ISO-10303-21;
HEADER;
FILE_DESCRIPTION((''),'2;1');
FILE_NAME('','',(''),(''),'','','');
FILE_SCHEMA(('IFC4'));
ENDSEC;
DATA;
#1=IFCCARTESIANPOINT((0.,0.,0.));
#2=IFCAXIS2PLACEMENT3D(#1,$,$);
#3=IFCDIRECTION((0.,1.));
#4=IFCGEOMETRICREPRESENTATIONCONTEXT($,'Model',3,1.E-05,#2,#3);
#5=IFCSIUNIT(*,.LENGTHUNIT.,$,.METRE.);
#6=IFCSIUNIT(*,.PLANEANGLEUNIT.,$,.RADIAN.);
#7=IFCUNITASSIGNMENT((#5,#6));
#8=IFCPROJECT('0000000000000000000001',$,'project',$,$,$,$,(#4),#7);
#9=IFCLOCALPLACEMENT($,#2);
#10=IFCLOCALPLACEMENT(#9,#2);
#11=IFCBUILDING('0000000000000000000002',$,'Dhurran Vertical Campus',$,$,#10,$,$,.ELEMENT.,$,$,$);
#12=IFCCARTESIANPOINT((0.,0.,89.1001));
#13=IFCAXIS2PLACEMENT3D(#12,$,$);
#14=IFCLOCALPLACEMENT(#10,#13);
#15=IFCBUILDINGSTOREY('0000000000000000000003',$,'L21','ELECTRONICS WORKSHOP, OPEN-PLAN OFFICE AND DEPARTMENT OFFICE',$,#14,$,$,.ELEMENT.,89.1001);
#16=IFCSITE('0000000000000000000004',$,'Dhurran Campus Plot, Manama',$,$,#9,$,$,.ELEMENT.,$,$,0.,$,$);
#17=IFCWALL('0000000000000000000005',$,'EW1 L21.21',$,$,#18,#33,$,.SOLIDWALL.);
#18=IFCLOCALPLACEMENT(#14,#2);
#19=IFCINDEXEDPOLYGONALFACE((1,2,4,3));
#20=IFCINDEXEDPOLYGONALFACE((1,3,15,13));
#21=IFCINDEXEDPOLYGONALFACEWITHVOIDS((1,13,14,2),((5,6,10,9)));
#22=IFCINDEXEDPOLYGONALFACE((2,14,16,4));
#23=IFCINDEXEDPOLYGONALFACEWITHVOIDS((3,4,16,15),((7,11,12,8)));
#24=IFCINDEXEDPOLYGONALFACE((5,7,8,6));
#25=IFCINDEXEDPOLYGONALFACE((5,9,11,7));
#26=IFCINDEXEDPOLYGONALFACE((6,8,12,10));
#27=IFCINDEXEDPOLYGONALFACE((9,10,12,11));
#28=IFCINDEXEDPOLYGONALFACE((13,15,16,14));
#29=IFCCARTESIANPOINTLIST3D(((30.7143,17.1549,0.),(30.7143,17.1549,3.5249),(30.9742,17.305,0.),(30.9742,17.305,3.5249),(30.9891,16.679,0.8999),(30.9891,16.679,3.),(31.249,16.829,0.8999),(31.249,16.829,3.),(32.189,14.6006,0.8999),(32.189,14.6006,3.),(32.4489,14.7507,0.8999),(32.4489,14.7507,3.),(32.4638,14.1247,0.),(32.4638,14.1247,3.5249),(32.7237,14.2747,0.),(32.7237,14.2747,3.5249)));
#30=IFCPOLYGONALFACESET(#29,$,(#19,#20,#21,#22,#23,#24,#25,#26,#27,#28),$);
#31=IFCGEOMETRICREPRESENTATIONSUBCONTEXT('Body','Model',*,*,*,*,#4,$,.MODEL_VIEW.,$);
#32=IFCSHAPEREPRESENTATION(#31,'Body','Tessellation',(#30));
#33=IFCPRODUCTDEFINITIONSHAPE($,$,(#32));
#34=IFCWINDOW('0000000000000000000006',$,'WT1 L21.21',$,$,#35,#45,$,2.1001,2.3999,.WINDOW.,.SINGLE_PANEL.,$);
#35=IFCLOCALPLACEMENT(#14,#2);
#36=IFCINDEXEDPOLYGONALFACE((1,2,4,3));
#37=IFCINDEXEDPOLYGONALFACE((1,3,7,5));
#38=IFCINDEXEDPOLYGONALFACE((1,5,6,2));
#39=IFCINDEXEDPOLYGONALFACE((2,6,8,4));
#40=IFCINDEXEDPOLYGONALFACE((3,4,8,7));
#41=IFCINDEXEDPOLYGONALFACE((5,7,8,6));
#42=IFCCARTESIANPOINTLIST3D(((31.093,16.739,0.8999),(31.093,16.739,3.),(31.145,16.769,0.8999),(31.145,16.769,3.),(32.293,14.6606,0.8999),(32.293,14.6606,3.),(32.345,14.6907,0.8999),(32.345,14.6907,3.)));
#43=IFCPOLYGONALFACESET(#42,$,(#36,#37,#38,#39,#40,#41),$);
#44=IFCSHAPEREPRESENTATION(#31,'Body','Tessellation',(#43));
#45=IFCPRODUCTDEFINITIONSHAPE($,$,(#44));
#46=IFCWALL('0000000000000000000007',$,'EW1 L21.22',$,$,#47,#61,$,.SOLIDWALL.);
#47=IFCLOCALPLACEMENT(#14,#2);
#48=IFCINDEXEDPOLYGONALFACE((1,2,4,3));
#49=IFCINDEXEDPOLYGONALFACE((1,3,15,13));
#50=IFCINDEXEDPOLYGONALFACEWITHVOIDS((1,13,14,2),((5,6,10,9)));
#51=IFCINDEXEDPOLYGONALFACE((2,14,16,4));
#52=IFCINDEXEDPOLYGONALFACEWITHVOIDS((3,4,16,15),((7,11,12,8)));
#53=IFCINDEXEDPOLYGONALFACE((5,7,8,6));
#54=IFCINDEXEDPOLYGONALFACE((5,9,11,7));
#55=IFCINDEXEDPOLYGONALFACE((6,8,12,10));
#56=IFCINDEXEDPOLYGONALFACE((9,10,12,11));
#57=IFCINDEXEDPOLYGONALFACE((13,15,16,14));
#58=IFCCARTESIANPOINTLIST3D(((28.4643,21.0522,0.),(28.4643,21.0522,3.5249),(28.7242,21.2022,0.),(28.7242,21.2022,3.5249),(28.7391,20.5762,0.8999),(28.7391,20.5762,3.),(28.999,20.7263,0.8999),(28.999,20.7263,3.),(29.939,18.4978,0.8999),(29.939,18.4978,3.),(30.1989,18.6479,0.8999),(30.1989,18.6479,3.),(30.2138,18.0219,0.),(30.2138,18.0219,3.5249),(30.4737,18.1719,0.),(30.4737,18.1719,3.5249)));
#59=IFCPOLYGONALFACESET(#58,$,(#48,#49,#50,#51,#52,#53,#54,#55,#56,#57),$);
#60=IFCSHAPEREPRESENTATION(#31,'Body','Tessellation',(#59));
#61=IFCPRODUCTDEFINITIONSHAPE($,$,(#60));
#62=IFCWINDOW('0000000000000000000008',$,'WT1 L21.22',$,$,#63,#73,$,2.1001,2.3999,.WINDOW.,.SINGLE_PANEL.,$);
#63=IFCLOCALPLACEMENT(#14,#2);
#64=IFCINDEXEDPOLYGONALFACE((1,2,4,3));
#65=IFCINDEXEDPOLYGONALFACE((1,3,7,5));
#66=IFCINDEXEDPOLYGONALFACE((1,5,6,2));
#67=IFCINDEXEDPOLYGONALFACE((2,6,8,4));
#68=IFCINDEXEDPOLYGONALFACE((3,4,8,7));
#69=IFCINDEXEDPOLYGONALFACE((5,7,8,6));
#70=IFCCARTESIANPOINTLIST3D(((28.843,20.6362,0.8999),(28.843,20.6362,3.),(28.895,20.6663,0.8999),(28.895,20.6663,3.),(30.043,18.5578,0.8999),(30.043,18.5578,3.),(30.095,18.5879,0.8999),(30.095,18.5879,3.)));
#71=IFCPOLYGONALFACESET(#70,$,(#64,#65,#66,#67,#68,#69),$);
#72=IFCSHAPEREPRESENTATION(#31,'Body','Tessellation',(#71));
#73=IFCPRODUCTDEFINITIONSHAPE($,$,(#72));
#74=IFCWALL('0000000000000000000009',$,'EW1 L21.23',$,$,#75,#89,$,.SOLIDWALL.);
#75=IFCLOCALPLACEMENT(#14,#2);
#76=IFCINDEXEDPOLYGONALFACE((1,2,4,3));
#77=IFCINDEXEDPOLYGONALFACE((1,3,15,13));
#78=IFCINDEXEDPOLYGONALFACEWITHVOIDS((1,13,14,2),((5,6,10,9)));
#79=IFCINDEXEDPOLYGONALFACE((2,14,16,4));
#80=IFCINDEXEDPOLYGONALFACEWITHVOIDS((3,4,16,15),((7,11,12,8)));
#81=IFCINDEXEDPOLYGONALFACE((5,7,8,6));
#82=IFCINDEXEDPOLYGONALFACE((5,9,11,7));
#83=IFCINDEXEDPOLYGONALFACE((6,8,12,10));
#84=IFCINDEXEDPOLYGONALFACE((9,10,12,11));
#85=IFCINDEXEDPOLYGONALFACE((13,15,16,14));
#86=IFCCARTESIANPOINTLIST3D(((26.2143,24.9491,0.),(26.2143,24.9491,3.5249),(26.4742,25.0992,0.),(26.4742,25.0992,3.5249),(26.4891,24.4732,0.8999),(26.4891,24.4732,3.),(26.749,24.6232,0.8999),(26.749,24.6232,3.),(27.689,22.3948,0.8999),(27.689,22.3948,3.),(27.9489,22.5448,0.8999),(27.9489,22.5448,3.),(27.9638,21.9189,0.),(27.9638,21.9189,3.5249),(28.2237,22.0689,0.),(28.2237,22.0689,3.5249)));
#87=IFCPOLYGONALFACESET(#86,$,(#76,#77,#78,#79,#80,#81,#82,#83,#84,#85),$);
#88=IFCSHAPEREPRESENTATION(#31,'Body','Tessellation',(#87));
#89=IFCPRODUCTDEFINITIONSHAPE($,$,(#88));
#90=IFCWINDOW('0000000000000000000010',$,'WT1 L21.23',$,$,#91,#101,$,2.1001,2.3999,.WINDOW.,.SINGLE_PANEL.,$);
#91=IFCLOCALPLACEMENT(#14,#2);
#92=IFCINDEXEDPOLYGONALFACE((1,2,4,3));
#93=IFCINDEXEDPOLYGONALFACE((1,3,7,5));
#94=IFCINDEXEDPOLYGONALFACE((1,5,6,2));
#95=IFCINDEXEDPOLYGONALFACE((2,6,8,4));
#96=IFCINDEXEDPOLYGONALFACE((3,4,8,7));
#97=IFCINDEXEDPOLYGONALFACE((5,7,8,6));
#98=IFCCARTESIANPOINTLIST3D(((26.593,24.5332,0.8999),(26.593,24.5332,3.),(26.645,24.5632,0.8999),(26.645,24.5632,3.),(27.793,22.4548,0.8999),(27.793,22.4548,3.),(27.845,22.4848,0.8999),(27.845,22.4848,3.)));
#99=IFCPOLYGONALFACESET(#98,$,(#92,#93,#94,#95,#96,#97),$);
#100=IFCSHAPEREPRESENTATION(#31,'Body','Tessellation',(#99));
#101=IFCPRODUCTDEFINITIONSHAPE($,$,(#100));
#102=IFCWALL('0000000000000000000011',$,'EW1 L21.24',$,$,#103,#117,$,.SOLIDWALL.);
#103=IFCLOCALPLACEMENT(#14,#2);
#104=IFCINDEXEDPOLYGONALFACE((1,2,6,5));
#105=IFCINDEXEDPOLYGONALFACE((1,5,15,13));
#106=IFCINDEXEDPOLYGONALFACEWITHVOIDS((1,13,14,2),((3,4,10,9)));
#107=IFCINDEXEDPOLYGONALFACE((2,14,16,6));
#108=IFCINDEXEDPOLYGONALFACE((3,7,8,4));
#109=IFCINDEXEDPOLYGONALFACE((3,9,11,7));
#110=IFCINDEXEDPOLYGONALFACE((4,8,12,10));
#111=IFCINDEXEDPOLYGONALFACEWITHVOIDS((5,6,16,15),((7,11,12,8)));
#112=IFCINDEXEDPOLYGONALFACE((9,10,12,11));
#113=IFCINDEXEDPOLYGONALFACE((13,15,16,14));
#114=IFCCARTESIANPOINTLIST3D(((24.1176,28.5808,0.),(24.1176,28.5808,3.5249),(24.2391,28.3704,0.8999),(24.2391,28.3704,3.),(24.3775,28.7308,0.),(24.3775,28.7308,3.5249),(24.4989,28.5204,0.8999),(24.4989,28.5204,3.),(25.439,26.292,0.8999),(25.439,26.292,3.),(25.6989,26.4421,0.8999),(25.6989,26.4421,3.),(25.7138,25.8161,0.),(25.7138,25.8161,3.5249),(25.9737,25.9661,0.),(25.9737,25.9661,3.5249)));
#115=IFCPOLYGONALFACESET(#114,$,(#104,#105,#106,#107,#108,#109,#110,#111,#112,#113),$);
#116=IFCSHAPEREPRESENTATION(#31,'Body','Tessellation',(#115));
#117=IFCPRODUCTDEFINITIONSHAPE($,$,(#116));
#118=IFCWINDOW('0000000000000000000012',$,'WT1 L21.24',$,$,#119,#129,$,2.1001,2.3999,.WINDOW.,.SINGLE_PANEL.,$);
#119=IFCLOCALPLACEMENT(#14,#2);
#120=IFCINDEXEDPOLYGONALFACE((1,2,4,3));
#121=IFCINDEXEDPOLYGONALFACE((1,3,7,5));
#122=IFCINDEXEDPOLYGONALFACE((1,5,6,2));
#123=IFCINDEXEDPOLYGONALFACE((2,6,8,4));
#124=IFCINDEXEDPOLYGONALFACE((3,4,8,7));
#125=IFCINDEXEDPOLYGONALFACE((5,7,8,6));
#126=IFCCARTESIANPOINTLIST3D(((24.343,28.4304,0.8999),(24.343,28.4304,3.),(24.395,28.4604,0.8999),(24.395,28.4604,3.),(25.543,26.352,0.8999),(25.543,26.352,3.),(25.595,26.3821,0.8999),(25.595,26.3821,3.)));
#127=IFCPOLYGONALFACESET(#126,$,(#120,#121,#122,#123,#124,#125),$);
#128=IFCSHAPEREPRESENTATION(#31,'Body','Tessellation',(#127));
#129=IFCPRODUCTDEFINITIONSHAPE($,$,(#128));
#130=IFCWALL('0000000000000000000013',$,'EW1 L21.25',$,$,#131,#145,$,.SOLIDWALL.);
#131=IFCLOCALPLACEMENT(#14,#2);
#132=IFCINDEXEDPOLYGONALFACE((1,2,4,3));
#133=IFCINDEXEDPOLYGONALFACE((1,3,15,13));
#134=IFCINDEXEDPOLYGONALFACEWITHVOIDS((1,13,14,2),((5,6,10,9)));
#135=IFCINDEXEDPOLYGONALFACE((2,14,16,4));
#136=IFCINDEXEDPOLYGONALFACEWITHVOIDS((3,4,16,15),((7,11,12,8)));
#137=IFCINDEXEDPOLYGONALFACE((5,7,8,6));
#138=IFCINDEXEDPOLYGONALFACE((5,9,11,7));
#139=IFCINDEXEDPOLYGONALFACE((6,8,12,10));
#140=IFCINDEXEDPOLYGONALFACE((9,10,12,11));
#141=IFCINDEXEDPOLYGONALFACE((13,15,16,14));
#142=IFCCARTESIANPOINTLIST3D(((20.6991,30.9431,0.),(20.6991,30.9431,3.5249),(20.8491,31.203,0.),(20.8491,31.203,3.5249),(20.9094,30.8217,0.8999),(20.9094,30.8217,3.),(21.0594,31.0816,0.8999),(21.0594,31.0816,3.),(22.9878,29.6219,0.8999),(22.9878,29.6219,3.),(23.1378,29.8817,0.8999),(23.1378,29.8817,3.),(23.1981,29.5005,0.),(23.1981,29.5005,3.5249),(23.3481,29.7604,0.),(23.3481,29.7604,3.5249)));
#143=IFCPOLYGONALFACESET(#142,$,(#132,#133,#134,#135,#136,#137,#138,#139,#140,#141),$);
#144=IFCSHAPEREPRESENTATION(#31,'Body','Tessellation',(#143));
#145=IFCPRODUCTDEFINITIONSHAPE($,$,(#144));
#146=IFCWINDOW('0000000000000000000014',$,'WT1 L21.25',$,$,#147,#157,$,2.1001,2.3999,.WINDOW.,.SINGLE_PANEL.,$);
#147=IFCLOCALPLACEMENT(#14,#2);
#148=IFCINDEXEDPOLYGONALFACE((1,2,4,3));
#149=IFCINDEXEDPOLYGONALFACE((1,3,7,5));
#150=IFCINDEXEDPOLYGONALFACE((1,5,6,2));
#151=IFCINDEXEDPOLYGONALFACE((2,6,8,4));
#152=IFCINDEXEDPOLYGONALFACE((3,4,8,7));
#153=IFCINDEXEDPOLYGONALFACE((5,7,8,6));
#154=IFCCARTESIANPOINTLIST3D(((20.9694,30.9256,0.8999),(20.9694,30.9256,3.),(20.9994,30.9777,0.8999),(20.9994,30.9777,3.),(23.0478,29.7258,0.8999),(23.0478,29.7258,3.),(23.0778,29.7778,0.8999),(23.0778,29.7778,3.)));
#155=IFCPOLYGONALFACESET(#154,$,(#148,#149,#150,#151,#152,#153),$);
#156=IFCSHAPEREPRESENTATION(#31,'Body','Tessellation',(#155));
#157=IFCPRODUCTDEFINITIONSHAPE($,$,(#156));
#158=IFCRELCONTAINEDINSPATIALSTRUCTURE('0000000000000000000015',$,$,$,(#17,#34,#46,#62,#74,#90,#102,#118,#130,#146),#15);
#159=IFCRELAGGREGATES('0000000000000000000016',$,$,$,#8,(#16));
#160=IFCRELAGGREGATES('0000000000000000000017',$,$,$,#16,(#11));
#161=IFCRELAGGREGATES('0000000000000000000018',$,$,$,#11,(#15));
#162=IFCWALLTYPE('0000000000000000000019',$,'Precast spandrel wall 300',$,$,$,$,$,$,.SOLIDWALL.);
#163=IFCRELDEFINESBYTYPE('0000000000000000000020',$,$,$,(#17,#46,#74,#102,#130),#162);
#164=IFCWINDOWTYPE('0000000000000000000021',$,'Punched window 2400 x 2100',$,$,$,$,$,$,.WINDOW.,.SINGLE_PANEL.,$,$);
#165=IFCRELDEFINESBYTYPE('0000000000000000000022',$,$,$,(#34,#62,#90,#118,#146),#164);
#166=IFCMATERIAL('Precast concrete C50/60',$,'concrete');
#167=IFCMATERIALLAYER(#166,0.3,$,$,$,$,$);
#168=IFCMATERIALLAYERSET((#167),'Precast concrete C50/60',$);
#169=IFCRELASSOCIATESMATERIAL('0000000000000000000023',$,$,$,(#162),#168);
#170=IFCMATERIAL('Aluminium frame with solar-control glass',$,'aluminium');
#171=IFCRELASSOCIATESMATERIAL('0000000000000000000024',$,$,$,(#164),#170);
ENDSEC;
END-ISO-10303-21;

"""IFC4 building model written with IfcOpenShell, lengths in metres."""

from ifc_helpers import new_model, si_unit, direction, frame, frame_2d, origin, place, context, subcontext, project, spatial, rectangle, extrude, material, layer, layer_set, type_object, element, fill, save


model = new_model("IFC4")

# Units and contexts
model_context = context("Model", 3, precision=1e-05, world=origin(), true_north=direction((0.0, 1.0)))
body_context = subcontext(model_context, "Body", "Model", "MODEL_VIEW")
ifc_project = project(units=[si_unit("LENGTHUNIT", "METRE"), si_unit("PLANEANGLEUNIT", "RADIAN")], contexts=[model_context])

# Site, building, storey
site_placement = place(None, origin())
site = spatial("IfcSite", under=ifc_project, at=site_placement, Name="Dhurran Campus Plot, Manama", CompositionType="ELEMENT", RefElevation=0.0)
building_placement = place(site_placement, origin())
building = spatial("IfcBuilding", under=site, at=building_placement, Name="Dhurran Vertical Campus", CompositionType="ELEMENT")
storey_placement = place(building_placement, frame((0.0, 0.0, 89.1001)))
storey = spatial("IfcBuildingStorey", under=building, at=storey_placement, Name="L21", Description="ELECTRONICS WORKSHOP, OPEN-PLAN OFFICE AND DEPARTMENT OFFICE", CompositionType="ELEMENT", Elevation=89.1001)

# Walls, openings, windows
ifc_material_1 = material(Name="Precast concrete C50/60", Category="concrete")
ifc_layer_1 = layer(ifc_material_1, 0.3)
ifc_layer_set_1 = layer_set([ifc_layer_1], Name="Precast concrete C50/60")
wall_type_1 = type_object("IfcWallType", Name="Precast spandrel wall 300", PredefinedType="SOLIDWALL", material=ifc_layer_set_1)
wall_1_placement = place(storey_placement, frame((32.5938, 14.1997, 0.0), z_axis=(0.0, 0.0, 1.0), x_axis=(-0.499996, 0.866028, 0.0)))
wall_1 = element("IfcWall", 1, at=wall_1_placement, inside=storey, type_object=wall_type_1, Name="EW1 L21.21", PredefinedType="SOLIDWALL", context=body_context, shape_type="SweptSolid", body=[
    extrude(rectangle(XDim=3.499, YDim=0.3, at=frame_2d((1.7495, 0.0))), origin(), (0.0, 0.0, 1.0), 3.5249),
])
opening_1_placement = place(wall_1_placement, frame((0.5496, 0.0, 0.8999)))
opening_1 = element("IfcOpeningElement", 2, at=opening_1_placement, cuts=wall_1, PredefinedType="OPENING", context=body_context, shape_type="SweptSolid", body=[
    extrude(rectangle(XDim=2.3999, YDim=2.1001, at=frame_2d((1.2, 1.05))), frame((0.0, 0.1599, 0.0), z_axis=(0.0, -1.0, 0.0), x_axis=(1.0, 0.0, 0.0)), (0.0, 0.0, 1.0), 0.3201),
])
ifc_material_2 = material(Name="Aluminium frame with solar-control glass", Category="aluminium")
window_type = type_object("IfcWindowType", Name="Punched window 2400 x 2100", PartitioningType="SINGLE_PANEL", PredefinedType="WINDOW", material=ifc_material_2)
window_1_placement = place(opening_1_placement, origin())
window_1 = element("IfcWindow", 3, at=window_1_placement, inside=storey, type_object=window_type, Name="WT1 L21.21", OverallHeight=2.1001, OverallWidth=2.3999, PartitioningType="SINGLE_PANEL", PredefinedType="WINDOW", context=body_context, shape_type="SweptSolid", body=[
    extrude(rectangle(XDim=2.3999, YDim=2.1001, at=frame_2d((1.2, 1.05))), frame((0.0, 0.03, 0.0), z_axis=(0.0, -1.0, 0.0), x_axis=(1.0, 0.0, 0.0)), (0.0, 0.0, 1.0), 0.0601),
])
fill(opening_1, window_1)
wall_2_placement = place(storey_placement, frame((30.3438, 18.0969, 0.0), z_axis=(0.0, 0.0, 1.0), x_axis=(-0.499996, 0.866028, 0.0)))
wall_2 = element("IfcWall", 4, at=wall_2_placement, inside=storey, type_object=wall_type_1, Name="EW1 L21.22", PredefinedType="SOLIDWALL", context=body_context, shape_type="SweptSolid", body=[
    extrude(rectangle(XDim=3.499, YDim=0.3, at=frame_2d((1.7495, 0.0))), origin(), (0.0, 0.0, 1.0), 3.5249),
])
opening_2_placement = place(wall_2_placement, frame((0.5496, 0.0, 0.8999)))
opening_2 = element("IfcOpeningElement", 5, at=opening_2_placement, cuts=wall_2, PredefinedType="OPENING", context=body_context, shape_type="SweptSolid", body=[
    extrude(rectangle(XDim=2.3999, YDim=2.1001, at=frame_2d((1.2, 1.05))), frame((0.0, 0.1599, 0.0), z_axis=(0.0, -1.0, 0.0), x_axis=(1.0, 0.0, 0.0)), (0.0, 0.0, 1.0), 0.3201),
])
window_2_placement = place(opening_2_placement, origin())
window_2 = element("IfcWindow", 6, at=window_2_placement, inside=storey, type_object=window_type, Name="WT1 L21.22", OverallHeight=2.1001, OverallWidth=2.3999, PartitioningType="SINGLE_PANEL", PredefinedType="WINDOW", context=body_context, shape_type="SweptSolid", body=[
    extrude(rectangle(XDim=2.3999, YDim=2.1001, at=frame_2d((1.2, 1.05))), frame((0.0, 0.03, 0.0), z_axis=(0.0, -1.0, 0.0), x_axis=(1.0, 0.0, 0.0)), (0.0, 0.0, 1.0), 0.0601),
])
fill(opening_2, window_2)
wall_3_placement = place(storey_placement, frame((28.0938, 21.9939, 0.0), z_axis=(0.0, 0.0, 1.0), x_axis=(-0.499996, 0.866028, 0.0)))
wall_3 = element("IfcWall", 7, at=wall_3_placement, inside=storey, type_object=wall_type_1, Name="EW1 L21.23", PredefinedType="SOLIDWALL", context=body_context, shape_type="SweptSolid", body=[
    extrude(rectangle(XDim=3.499, YDim=0.3, at=frame_2d((1.7495, 0.0))), origin(), (0.0, 0.0, 1.0), 3.5249),
])
opening_3_placement = place(wall_3_placement, frame((0.5496, 0.0, 0.8999)))
opening_3 = element("IfcOpeningElement", 8, at=opening_3_placement, cuts=wall_3, PredefinedType="OPENING", context=body_context, shape_type="SweptSolid", body=[
    extrude(rectangle(XDim=2.3999, YDim=2.1001, at=frame_2d((1.2, 1.05))), frame((0.0, 0.1599, 0.0), z_axis=(0.0, -1.0, 0.0), x_axis=(1.0, 0.0, 0.0)), (0.0, 0.0, 1.0), 0.3201),
])
window_3_placement = place(opening_3_placement, origin())
window_3 = element("IfcWindow", 9, at=window_3_placement, inside=storey, type_object=window_type, Name="WT1 L21.23", OverallHeight=2.1001, OverallWidth=2.3999, PartitioningType="SINGLE_PANEL", PredefinedType="WINDOW", context=body_context, shape_type="SweptSolid", body=[
    extrude(rectangle(XDim=2.3999, YDim=2.1001, at=frame_2d((1.2, 1.05))), frame((0.0, 0.03, 0.0), z_axis=(0.0, -1.0, 0.0), x_axis=(1.0, 0.0, 0.0)), (0.0, 0.0, 1.0), 0.0601),
])
fill(opening_3, window_3)
wall_4_placement = place(storey_placement, frame((25.8438, 25.8911, 0.0), z_axis=(0.0, 0.0, 1.0), x_axis=(-0.500005, 0.866023, 0.0)))
wall_4 = element("IfcWall", 10, at=wall_4_placement, inside=storey, type_object=wall_type_1, Name="EW1 L21.24", PredefinedType="SOLIDWALL", context=body_context, shape_type="SweptSolid", body=[
    extrude(rectangle(XDim=3.1924, YDim=0.3, at=frame_2d((1.5962, 0.0))), origin(), (0.0, 0.0, 1.0), 3.5249),
])
opening_4_placement = place(wall_4_placement, frame((0.5496, 0.0, 0.8999)))
opening_4 = element("IfcOpeningElement", 11, at=opening_4_placement, cuts=wall_4, PredefinedType="OPENING", context=body_context, shape_type="SweptSolid", body=[
    extrude(rectangle(XDim=2.3999, YDim=2.1001, at=frame_2d((1.2, 1.05))), frame((0.0, 0.1599, 0.0), z_axis=(0.0, -1.0, 0.0), x_axis=(1.0, 0.0, 0.0)), (0.0, 0.0, 1.0), 0.3201),
])
window_4_placement = place(opening_4_placement, origin())
window_4 = element("IfcWindow", 12, at=window_4_placement, inside=storey, type_object=window_type, Name="WT1 L21.24", OverallHeight=2.1001, OverallWidth=2.3999, PartitioningType="SINGLE_PANEL", PredefinedType="WINDOW", context=body_context, shape_type="SweptSolid", body=[
    extrude(rectangle(XDim=2.3999, YDim=2.1001, at=frame_2d((1.2, 1.05))), frame((0.0, 0.03, 0.0), z_axis=(0.0, -1.0, 0.0), x_axis=(1.0, 0.0, 0.0)), (0.0, 0.0, 1.0), 0.0601),
])
fill(opening_4, window_4)
wall_5_placement = place(storey_placement, frame((23.2732, 29.6304, 0.0), z_axis=(0.0, 0.0, 1.0), x_axis=(-0.866053, 0.499952, 0.0)))
wall_5 = element("IfcWall", 13, at=wall_5_placement, inside=storey, type_object=wall_type_1, Name="EW1 L21.25", PredefinedType="SOLIDWALL", context=body_context, shape_type="SweptSolid", body=[
    extrude(rectangle(XDim=2.8855, YDim=0.3, at=frame_2d((1.4429, 0.0))), origin(), (0.0, 0.0, 1.0), 3.5249),
])
opening_5_placement = place(wall_5_placement, frame((0.2429, 0.0, 0.8999)))
opening_5 = element("IfcOpeningElement", 14, at=opening_5_placement, cuts=wall_5, PredefinedType="OPENING", context=body_context, shape_type="SweptSolid", body=[
    extrude(rectangle(XDim=2.3999, YDim=2.1001, at=frame_2d((1.2, 1.05))), frame((0.0, 0.1599, 0.0), z_axis=(0.0, -1.0, 0.0), x_axis=(1.0, 0.0, 0.0)), (0.0, 0.0, 1.0), 0.3201),
])
window_5_placement = place(opening_5_placement, origin())
window_5 = element("IfcWindow", 15, at=window_5_placement, inside=storey, type_object=window_type, Name="WT1 L21.25", OverallHeight=2.1001, OverallWidth=2.3999, PartitioningType="SINGLE_PANEL", PredefinedType="WINDOW", context=body_context, shape_type="SweptSolid", body=[
    extrude(rectangle(XDim=2.3999, YDim=2.1001, at=frame_2d((1.2, 1.05))), frame((0.0, 0.03, 0.0), z_axis=(0.0, -1.0, 0.0), x_axis=(1.0, 0.0, 0.0)), (0.0, 0.0, 1.0), 0.0601),
])
fill(opening_5, window_5)

save(model, "model.ifc")
